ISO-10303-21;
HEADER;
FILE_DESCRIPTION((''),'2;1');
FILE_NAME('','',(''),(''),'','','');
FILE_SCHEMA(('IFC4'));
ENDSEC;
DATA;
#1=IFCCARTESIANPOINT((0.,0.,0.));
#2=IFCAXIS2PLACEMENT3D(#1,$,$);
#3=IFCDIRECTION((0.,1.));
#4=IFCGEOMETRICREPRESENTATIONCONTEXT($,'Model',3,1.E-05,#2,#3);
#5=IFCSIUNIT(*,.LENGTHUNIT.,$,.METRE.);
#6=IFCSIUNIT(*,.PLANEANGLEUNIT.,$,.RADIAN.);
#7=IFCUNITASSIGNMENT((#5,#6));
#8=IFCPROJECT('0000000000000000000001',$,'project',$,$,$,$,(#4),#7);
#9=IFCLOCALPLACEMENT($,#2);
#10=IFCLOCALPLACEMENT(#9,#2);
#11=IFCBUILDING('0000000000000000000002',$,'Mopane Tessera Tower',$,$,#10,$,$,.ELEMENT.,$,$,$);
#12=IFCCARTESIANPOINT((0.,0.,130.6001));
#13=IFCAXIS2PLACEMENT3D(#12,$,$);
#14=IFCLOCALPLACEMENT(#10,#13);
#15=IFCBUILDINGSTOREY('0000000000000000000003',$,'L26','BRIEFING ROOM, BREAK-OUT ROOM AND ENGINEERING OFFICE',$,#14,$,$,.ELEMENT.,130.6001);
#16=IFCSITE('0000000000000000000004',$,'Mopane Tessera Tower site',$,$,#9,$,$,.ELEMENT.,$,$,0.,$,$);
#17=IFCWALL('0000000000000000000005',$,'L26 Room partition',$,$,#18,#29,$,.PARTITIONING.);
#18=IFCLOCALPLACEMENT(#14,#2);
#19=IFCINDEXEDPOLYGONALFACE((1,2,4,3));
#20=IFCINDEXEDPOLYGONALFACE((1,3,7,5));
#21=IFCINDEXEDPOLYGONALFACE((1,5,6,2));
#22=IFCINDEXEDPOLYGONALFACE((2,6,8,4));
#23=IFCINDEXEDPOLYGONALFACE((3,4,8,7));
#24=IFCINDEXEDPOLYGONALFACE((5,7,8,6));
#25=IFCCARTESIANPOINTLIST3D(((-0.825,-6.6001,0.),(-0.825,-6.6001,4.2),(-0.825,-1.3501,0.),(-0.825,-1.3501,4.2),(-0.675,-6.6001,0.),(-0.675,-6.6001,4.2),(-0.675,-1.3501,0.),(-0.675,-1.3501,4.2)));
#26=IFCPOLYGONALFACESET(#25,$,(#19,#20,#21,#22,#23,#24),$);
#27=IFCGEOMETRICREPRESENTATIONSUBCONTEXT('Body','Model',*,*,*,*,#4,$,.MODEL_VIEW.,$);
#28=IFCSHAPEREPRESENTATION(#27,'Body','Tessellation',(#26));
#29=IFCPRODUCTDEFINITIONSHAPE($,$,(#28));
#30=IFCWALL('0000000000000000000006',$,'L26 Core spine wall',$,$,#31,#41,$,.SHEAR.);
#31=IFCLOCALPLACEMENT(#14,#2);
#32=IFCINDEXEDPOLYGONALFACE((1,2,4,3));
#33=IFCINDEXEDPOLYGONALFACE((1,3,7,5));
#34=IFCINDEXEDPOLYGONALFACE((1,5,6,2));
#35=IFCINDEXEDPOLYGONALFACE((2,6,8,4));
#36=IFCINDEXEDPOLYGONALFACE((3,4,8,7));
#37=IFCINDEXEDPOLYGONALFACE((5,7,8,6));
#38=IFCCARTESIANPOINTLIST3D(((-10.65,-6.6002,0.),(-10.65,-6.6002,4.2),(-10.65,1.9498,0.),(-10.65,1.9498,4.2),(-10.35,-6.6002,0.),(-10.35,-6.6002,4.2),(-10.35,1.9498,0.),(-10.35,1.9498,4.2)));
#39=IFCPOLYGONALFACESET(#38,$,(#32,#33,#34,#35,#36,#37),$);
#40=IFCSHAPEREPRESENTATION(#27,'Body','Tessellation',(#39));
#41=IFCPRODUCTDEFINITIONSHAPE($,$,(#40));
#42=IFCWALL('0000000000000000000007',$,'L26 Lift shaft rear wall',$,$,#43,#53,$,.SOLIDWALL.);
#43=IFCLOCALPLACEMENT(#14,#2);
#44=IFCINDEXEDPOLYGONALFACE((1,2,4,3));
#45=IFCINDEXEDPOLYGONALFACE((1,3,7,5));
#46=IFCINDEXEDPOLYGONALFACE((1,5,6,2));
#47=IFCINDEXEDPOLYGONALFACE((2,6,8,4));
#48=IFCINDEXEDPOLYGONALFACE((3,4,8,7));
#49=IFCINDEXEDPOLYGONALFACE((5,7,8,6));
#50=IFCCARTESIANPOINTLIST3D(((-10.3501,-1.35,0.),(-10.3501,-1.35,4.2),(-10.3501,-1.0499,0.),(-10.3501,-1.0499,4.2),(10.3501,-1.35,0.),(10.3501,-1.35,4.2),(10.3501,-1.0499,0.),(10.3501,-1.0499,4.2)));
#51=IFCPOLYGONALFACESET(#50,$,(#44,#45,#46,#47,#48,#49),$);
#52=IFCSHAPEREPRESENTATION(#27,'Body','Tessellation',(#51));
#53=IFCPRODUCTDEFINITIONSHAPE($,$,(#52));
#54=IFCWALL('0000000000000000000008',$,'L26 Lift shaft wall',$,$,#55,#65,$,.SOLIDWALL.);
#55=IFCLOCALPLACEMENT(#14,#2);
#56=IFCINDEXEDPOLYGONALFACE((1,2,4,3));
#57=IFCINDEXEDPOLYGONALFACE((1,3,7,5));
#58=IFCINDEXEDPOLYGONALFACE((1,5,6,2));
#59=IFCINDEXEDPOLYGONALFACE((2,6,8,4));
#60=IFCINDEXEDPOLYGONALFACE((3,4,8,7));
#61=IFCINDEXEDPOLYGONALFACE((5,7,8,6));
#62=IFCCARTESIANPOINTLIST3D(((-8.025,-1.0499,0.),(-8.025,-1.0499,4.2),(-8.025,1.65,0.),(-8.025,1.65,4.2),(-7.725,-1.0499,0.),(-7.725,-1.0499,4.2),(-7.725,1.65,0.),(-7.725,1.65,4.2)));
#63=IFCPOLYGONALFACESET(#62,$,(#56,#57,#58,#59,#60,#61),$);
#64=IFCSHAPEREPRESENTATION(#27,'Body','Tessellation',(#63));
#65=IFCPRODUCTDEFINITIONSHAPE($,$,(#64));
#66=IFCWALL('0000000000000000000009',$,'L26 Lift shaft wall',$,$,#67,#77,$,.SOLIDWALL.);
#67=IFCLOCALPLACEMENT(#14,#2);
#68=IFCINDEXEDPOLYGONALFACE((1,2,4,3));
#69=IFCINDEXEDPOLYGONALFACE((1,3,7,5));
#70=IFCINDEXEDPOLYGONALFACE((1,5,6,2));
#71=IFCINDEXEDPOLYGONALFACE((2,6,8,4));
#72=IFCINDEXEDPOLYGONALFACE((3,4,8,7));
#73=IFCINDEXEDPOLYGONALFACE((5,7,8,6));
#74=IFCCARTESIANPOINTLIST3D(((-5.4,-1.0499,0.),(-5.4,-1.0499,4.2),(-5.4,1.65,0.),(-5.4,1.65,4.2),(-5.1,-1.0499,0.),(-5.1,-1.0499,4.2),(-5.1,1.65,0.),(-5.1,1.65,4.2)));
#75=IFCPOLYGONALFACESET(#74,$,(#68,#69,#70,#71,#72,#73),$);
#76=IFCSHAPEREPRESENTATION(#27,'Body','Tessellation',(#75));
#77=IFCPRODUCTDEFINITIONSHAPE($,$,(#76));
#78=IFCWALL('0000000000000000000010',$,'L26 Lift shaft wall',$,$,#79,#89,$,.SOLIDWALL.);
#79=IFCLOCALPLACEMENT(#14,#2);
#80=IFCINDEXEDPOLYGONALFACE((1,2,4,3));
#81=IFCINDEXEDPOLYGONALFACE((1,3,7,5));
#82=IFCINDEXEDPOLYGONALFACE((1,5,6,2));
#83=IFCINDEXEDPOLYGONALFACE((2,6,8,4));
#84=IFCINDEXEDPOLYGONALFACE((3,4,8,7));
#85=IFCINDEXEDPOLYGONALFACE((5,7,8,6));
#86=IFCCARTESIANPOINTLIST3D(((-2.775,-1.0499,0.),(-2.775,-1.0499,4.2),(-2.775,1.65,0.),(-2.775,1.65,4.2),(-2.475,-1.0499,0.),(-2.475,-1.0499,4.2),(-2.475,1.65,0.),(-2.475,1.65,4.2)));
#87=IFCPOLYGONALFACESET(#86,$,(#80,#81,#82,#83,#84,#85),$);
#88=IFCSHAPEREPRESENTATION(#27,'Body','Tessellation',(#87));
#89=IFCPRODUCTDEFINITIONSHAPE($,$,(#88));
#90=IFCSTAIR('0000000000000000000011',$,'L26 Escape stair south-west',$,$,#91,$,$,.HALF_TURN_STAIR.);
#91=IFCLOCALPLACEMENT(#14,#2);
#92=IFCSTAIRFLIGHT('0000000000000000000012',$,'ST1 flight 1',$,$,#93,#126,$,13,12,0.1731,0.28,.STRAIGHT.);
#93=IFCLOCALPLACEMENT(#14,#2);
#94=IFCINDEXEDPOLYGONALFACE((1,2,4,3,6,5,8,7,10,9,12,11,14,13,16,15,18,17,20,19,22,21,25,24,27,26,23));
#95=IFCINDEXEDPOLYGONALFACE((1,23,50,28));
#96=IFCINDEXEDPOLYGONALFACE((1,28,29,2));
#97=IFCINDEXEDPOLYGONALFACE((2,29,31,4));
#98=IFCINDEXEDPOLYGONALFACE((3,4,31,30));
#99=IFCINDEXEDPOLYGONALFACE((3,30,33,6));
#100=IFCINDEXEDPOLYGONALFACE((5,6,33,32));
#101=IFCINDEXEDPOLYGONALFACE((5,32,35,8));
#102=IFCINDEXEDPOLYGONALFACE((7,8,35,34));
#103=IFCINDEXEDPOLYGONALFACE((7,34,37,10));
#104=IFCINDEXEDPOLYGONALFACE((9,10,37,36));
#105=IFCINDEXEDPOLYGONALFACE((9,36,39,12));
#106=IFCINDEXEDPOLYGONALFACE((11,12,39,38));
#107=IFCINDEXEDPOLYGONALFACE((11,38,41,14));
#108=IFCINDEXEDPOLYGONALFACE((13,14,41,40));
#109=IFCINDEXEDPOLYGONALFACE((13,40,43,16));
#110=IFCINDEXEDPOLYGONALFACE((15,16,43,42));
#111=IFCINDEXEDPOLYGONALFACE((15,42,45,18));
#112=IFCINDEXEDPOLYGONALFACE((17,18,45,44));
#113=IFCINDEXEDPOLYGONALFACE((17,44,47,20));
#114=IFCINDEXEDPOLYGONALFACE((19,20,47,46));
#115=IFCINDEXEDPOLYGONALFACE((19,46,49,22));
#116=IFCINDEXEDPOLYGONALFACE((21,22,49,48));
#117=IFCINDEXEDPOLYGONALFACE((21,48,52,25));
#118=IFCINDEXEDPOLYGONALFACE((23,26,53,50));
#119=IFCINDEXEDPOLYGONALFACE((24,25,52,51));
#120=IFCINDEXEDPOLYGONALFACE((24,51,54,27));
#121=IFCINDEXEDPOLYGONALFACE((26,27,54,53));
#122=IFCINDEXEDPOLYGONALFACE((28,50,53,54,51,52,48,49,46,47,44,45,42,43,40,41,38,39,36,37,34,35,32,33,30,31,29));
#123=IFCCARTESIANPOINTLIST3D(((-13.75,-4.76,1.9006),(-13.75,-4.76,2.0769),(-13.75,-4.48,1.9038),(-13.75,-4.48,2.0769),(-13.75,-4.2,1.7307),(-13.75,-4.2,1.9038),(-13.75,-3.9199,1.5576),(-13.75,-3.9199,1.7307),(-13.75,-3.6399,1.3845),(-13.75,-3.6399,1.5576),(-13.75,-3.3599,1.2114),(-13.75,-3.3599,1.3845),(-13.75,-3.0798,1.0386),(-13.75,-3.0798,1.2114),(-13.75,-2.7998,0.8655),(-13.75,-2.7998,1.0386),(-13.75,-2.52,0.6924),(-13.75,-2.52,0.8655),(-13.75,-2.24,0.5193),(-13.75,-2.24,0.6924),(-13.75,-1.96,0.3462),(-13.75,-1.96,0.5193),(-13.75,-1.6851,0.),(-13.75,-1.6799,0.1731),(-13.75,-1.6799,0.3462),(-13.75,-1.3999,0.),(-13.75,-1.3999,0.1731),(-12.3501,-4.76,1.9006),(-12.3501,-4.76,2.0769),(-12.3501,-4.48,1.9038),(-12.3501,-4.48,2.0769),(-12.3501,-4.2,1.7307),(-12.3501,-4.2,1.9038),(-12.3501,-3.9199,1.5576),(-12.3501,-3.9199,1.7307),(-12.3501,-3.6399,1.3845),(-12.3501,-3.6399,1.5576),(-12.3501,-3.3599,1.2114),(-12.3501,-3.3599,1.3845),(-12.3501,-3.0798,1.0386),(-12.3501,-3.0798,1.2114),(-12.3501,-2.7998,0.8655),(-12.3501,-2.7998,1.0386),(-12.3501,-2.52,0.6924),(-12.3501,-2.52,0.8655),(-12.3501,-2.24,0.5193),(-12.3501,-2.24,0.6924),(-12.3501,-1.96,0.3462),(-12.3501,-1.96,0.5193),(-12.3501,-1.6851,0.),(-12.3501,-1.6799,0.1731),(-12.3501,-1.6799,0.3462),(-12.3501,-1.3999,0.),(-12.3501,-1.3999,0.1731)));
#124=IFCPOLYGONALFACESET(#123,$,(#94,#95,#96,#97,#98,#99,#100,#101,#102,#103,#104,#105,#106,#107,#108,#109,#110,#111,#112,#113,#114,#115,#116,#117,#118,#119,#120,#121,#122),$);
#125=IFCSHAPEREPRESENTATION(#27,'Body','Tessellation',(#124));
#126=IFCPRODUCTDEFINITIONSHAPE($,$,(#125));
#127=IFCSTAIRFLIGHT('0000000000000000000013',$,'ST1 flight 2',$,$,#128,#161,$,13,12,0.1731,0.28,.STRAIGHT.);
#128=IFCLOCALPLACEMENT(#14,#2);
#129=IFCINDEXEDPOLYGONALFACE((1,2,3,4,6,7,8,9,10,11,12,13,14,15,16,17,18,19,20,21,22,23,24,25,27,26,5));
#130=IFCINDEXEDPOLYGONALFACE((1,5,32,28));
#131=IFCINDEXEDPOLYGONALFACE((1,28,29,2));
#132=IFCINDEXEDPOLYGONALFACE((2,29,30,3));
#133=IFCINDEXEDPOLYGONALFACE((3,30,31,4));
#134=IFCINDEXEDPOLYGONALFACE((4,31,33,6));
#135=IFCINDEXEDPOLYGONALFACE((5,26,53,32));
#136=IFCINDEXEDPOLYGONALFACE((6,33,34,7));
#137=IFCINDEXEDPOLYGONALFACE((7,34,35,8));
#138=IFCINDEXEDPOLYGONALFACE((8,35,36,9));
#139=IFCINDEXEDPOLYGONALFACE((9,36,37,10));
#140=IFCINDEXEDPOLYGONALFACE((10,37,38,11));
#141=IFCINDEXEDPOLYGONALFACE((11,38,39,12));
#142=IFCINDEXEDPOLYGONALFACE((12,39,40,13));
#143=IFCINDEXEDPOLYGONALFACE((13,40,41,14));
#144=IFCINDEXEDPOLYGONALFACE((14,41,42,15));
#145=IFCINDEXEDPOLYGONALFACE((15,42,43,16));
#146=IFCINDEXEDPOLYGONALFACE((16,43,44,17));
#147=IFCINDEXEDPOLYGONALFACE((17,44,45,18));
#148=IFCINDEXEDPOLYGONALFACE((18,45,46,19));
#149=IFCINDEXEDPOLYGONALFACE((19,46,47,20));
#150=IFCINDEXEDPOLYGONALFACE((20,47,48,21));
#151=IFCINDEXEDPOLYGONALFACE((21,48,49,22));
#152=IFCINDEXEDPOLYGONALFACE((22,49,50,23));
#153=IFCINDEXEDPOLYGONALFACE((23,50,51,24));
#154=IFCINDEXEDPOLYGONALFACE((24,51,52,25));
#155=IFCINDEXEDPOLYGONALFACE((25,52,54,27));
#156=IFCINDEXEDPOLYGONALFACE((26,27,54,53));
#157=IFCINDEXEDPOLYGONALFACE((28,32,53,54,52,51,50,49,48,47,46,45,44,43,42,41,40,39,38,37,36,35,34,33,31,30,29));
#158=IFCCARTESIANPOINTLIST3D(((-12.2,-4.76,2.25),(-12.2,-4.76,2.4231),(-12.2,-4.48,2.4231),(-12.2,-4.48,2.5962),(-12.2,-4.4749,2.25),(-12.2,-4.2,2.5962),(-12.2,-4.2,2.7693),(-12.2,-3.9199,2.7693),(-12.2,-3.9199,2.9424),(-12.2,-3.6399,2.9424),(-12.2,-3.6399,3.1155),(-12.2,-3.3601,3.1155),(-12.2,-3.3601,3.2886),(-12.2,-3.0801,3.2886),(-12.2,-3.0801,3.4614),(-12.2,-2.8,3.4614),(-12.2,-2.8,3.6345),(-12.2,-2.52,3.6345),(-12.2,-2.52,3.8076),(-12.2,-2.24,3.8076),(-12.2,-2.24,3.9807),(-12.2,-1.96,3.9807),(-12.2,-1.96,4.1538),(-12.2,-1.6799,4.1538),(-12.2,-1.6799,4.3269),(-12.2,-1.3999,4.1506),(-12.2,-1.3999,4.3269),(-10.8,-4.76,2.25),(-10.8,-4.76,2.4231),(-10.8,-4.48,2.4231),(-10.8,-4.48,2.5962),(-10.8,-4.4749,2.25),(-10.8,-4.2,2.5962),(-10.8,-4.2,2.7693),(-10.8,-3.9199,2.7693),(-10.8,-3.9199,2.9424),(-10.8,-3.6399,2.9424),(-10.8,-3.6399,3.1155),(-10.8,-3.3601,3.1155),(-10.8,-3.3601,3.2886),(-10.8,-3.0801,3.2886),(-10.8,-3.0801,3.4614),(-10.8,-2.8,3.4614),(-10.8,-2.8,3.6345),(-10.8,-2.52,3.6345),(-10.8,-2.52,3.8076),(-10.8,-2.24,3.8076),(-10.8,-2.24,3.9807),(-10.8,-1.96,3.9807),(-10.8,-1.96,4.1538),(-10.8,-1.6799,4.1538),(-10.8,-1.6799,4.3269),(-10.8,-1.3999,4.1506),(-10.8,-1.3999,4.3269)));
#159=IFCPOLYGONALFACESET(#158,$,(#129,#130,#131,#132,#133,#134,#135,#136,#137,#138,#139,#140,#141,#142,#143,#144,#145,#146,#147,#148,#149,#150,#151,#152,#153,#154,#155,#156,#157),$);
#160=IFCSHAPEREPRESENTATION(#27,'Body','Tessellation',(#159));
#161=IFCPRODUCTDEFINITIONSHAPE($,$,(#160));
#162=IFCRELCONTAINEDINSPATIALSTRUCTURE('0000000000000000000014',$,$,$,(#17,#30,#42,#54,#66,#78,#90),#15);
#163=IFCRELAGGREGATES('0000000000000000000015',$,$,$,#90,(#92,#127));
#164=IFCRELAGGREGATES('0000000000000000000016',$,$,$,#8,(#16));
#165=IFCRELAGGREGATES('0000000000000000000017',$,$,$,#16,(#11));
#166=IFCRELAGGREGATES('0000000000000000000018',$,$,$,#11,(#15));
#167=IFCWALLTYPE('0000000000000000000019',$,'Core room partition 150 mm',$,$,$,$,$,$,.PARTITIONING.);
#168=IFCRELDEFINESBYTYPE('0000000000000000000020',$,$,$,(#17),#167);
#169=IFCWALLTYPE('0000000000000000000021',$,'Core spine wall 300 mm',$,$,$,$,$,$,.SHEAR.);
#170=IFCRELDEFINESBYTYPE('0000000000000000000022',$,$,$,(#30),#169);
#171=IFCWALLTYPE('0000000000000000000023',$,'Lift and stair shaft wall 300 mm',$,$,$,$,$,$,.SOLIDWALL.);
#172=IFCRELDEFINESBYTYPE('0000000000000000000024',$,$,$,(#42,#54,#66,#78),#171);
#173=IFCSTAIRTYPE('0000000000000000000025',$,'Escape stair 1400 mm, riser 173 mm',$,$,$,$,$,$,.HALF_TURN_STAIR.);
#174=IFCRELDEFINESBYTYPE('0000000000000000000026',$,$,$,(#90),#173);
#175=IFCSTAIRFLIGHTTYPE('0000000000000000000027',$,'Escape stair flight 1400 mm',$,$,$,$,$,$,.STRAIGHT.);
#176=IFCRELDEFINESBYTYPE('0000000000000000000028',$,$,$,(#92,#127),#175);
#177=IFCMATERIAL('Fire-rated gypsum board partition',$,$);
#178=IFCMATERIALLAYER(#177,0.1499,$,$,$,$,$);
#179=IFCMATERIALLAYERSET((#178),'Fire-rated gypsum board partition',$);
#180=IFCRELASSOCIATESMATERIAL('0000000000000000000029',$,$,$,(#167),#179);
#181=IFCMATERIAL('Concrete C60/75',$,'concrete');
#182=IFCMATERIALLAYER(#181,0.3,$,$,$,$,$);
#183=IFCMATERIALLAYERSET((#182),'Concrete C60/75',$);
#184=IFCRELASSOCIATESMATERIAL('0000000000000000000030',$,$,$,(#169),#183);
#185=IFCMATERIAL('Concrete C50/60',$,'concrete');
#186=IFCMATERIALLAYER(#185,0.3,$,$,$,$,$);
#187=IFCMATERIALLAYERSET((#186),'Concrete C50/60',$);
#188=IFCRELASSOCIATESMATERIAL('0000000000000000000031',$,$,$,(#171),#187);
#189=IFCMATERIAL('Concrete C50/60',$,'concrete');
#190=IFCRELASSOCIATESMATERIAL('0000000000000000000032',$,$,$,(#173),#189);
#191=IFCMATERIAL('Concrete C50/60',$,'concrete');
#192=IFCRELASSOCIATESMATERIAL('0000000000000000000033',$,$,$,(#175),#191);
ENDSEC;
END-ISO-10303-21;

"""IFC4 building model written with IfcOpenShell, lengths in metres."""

from ifc_helpers import new_model, si_unit, direction, frame, frame_2d, origin, place, context, subcontext, project, spatial, polyline, rectangle, outline, extrude, material, layer, layer_set, type_object, element, aggregate, save


model = new_model("IFC4")

# Units and contexts
model_context = context("Model", 3, precision=1e-05, world=origin(), true_north=direction((0.0, 1.0)))
body_context = subcontext(model_context, "Body", "Model", "MODEL_VIEW")
ifc_project = project(units=[si_unit("LENGTHUNIT", "METRE"), si_unit("PLANEANGLEUNIT", "RADIAN")], contexts=[model_context])

# Site, building, storey
site_placement = place(None, origin())
site = spatial("IfcSite", under=ifc_project, at=site_placement, Name="Mopane Tessera Tower site", CompositionType="ELEMENT", RefElevation=0.0)
building_placement = place(site_placement, origin())
building = spatial("IfcBuilding", under=site, at=building_placement, Name="Mopane Tessera Tower", CompositionType="ELEMENT")
storey_placement = place(building_placement, frame((0.0, 0.0, 130.6001)))
storey = spatial("IfcBuildingStorey", under=building, at=storey_placement, Name="L26", Description="BRIEFING ROOM, BREAK-OUT ROOM AND ENGINEERING OFFICE", CompositionType="ELEMENT", Elevation=130.6001)

# Shared definitions
ifc_material_1 = material(Name="Fire-rated gypsum board partition")
ifc_layer_1 = layer(ifc_material_1, 0.1499)
ifc_layer_set_1 = layer_set([ifc_layer_1], Name="Fire-rated gypsum board partition")
wall_type_1 = type_object("IfcWallType", Name="Core room partition 150 mm", PredefinedType="PARTITIONING", material=ifc_layer_set_1)

# Walls
wall_1_placement = place(storey_placement, frame((-0.75, -6.6001, 0.0), z_axis=(0.0, 0.0, 1.0), x_axis=(0.0, 1.0, 0.0)))
element("IfcWall", 1, at=wall_1_placement, inside=storey, type_object=wall_type_1, Name="L26 Room partition", PredefinedType="PARTITIONING", context=body_context, shape_type="SweptSolid", body=[
    extrude(rectangle(XDim=5.25, YDim=0.1499, at=frame_2d((2.625, 0.0))), origin(), (0.0, 0.0, 1.0), 4.2),
])
ifc_material_2 = material(Name="Concrete C60/75", Category="concrete")
ifc_layer_2 = layer(ifc_material_2, 0.3)
ifc_layer_set_2 = layer_set([ifc_layer_2], Name="Concrete C60/75")
wall_type_2 = type_object("IfcWallType", Name="Core spine wall 300 mm", PredefinedType="SHEAR", material=ifc_layer_set_2)
wall_2_placement = place(storey_placement, frame((-10.5, -6.6001, 0.0), z_axis=(0.0, 0.0, 1.0), x_axis=(0.0, 1.0, 0.0)))
element("IfcWall", 2, at=wall_2_placement, inside=storey, type_object=wall_type_2, Name="L26 Core spine wall", PredefinedType="SHEAR", context=body_context, shape_type="SweptSolid", body=[
    extrude(rectangle(XDim=8.55, YDim=0.3, at=frame_2d((4.2749, 0.0))), origin(), (0.0, 0.0, 1.0), 4.2),
])
ifc_material_3 = material(Name="Concrete C50/60", Category="concrete")
ifc_layer_3 = layer(ifc_material_3, 0.3)
ifc_layer_set_3 = layer_set([ifc_layer_3], Name="Concrete C50/60")
wall_type_3 = type_object("IfcWallType", Name="Lift and stair shaft wall 300 mm", PredefinedType="SOLIDWALL", material=ifc_layer_set_3)
wall_3_placement = place(storey_placement, frame((-10.3501, -1.2, 0.0), z_axis=(0.0, 0.0, 1.0), x_axis=(1.0, 0.0, 0.0)))
element("IfcWall", 3, at=wall_3_placement, inside=storey, type_object=wall_type_3, Name="L26 Lift shaft rear wall", PredefinedType="SOLIDWALL", context=body_context, shape_type="SweptSolid", body=[
    extrude(rectangle(XDim=20.7002, YDim=0.3, at=frame_2d((10.3501, 0.0))), origin(), (0.0, 0.0, 1.0), 4.2),
])
for number, where, z_axis, x_axis, name in (
    (4, (-7.875, -1.05, 0.0), (0.0, 0.0, 1.0), (0.0, 1.0, 0.0), "L26 Lift shaft wall"),
    (5, (-5.25, -1.05, 0.0), (0.0, 0.0, 1.0), (0.0, 1.0, 0.0), "L26 Lift shaft wall"),
    (6, (-2.625, -1.05, 0.0), (0.0, 0.0, 1.0), (0.0, 1.0, 0.0), "L26 Lift shaft wall"),
):
    element("IfcWall", number, at=place(storey_placement, frame(where, z_axis=z_axis, x_axis=x_axis)), inside=storey, type_object=wall_type_3, Name=name, PredefinedType="SOLIDWALL", context=body_context, shape_type="SweptSolid", body=[
        extrude(rectangle(XDim=2.7, YDim=0.3, at=frame_2d((1.3501, 0.0))), origin(), (0.0, 0.0, 1.0), 4.2),
    ])

# Stair, stair flights
ifc_material_4 = material(Name="Concrete C50/60", Category="concrete")
stair_type = type_object("IfcStairType", Name="Escape stair 1400 mm, riser 173 mm", PredefinedType="HALF_TURN_STAIR", material=ifc_material_4)
stair_placement = place(storey_placement, origin())
stair = element("IfcStair", 7, at=stair_placement, inside=storey, type_object=stair_type, Name="L26 Escape stair south-west", PredefinedType="HALF_TURN_STAIR")
ifc_material_5 = material(Name="Concrete C50/60", Category="concrete")
stair_flight_type = type_object("IfcStairFlightType", Name="Escape stair flight 1400 mm", PredefinedType="STRAIGHT", material=ifc_material_5)
stair_flight_1_placement = place(storey_placement, frame((-13.05, -1.3999, 0.0), z_axis=(0.0, 0.0, 1.0), x_axis=(0.0, -1.0, 0.0)))
stair_flight_1 = element("IfcStairFlight", 8, at=stair_flight_1_placement, type_object=stair_flight_type, Name="ST1 flight 1", NumberOfRisers=13, NumberOfTreads=12, PredefinedType="STRAIGHT", RiserHeight=0.1731, TreadLength=0.28, context=body_context, shape_type="SweptSolid", body=[
    extrude(outline(polyline([(0.0, 0.0), (0.0, 0.1731), (0.28, 0.1731), (0.28, 0.3462), (0.5601, 0.3462), (0.5601, 0.5193), (0.8401, 0.5193), (0.8401, 0.6924), (1.1201, 0.6924), (1.1201, 0.8655), (1.3999, 0.8655), (1.3999, 1.0386), (1.6799, 1.0386), (1.6799, 1.2114), (1.96, 1.2114), (1.96, 1.3845), (2.24, 1.3845), (2.24, 1.5576), (2.52, 1.5576), (2.52, 1.7307), (2.8, 1.7307), (2.8, 1.9038), (3.0801, 1.9038), (3.0801, 2.0769), (3.3601, 2.0769), (3.3601, 2.25), (3.3601, 1.9006), (0.2852, 0.0), (0.0, 0.0)])), frame((0.0, 0.7, 0.0), z_axis=(0.0, -1.0, 0.0), x_axis=(1.0, 0.0, 0.0)), (0.0, 0.0, 1.0), 1.3999),
])
stair_flight_2_placement = place(storey_placement, frame((-11.5, -4.76, 2.25), z_axis=(0.0, 0.0, 1.0), x_axis=(0.0, 1.0, 0.0)))
stair_flight_2 = element("IfcStairFlight", 9, at=stair_flight_2_placement, type_object=stair_flight_type, Name="ST1 flight 2", NumberOfRisers=13, NumberOfTreads=12, PredefinedType="STRAIGHT", RiserHeight=0.1731, TreadLength=0.28, context=body_context, shape_type="SweptSolid", body=[
    extrude(outline(polyline([(0.0, 0.0), (0.0, 0.1731), (0.28, 0.1731), (0.28, 0.3462), (0.5601, 0.3462), (0.5601, 0.5193), (0.8401, 0.5193), (0.8401, 0.6924), (1.1201, 0.6924), (1.1201, 0.8655), (1.3999, 0.8655), (1.3999, 1.0386), (1.6799, 1.0386), (1.6799, 1.2114), (1.96, 1.2114), (1.96, 1.3845), (2.24, 1.3845), (2.24, 1.5576), (2.52, 1.5576), (2.52, 1.7307), (2.8, 1.7307), (2.8, 1.9038), (3.0801, 1.9038), (3.0801, 2.0769), (3.3601, 2.0769), (3.3601, 2.25), (3.3601, 1.9006), (0.2852, 0.0), (0.0, 0.0)])), frame((0.0, 0.7, 0.0), z_axis=(0.0, -1.0, 0.0), x_axis=(1.0, 0.0, 0.0)), (0.0, 0.0, 1.0), 1.3999),
])
aggregate(stair, [stair_flight_1, stair_flight_2])

save(model, "model.ifc")
